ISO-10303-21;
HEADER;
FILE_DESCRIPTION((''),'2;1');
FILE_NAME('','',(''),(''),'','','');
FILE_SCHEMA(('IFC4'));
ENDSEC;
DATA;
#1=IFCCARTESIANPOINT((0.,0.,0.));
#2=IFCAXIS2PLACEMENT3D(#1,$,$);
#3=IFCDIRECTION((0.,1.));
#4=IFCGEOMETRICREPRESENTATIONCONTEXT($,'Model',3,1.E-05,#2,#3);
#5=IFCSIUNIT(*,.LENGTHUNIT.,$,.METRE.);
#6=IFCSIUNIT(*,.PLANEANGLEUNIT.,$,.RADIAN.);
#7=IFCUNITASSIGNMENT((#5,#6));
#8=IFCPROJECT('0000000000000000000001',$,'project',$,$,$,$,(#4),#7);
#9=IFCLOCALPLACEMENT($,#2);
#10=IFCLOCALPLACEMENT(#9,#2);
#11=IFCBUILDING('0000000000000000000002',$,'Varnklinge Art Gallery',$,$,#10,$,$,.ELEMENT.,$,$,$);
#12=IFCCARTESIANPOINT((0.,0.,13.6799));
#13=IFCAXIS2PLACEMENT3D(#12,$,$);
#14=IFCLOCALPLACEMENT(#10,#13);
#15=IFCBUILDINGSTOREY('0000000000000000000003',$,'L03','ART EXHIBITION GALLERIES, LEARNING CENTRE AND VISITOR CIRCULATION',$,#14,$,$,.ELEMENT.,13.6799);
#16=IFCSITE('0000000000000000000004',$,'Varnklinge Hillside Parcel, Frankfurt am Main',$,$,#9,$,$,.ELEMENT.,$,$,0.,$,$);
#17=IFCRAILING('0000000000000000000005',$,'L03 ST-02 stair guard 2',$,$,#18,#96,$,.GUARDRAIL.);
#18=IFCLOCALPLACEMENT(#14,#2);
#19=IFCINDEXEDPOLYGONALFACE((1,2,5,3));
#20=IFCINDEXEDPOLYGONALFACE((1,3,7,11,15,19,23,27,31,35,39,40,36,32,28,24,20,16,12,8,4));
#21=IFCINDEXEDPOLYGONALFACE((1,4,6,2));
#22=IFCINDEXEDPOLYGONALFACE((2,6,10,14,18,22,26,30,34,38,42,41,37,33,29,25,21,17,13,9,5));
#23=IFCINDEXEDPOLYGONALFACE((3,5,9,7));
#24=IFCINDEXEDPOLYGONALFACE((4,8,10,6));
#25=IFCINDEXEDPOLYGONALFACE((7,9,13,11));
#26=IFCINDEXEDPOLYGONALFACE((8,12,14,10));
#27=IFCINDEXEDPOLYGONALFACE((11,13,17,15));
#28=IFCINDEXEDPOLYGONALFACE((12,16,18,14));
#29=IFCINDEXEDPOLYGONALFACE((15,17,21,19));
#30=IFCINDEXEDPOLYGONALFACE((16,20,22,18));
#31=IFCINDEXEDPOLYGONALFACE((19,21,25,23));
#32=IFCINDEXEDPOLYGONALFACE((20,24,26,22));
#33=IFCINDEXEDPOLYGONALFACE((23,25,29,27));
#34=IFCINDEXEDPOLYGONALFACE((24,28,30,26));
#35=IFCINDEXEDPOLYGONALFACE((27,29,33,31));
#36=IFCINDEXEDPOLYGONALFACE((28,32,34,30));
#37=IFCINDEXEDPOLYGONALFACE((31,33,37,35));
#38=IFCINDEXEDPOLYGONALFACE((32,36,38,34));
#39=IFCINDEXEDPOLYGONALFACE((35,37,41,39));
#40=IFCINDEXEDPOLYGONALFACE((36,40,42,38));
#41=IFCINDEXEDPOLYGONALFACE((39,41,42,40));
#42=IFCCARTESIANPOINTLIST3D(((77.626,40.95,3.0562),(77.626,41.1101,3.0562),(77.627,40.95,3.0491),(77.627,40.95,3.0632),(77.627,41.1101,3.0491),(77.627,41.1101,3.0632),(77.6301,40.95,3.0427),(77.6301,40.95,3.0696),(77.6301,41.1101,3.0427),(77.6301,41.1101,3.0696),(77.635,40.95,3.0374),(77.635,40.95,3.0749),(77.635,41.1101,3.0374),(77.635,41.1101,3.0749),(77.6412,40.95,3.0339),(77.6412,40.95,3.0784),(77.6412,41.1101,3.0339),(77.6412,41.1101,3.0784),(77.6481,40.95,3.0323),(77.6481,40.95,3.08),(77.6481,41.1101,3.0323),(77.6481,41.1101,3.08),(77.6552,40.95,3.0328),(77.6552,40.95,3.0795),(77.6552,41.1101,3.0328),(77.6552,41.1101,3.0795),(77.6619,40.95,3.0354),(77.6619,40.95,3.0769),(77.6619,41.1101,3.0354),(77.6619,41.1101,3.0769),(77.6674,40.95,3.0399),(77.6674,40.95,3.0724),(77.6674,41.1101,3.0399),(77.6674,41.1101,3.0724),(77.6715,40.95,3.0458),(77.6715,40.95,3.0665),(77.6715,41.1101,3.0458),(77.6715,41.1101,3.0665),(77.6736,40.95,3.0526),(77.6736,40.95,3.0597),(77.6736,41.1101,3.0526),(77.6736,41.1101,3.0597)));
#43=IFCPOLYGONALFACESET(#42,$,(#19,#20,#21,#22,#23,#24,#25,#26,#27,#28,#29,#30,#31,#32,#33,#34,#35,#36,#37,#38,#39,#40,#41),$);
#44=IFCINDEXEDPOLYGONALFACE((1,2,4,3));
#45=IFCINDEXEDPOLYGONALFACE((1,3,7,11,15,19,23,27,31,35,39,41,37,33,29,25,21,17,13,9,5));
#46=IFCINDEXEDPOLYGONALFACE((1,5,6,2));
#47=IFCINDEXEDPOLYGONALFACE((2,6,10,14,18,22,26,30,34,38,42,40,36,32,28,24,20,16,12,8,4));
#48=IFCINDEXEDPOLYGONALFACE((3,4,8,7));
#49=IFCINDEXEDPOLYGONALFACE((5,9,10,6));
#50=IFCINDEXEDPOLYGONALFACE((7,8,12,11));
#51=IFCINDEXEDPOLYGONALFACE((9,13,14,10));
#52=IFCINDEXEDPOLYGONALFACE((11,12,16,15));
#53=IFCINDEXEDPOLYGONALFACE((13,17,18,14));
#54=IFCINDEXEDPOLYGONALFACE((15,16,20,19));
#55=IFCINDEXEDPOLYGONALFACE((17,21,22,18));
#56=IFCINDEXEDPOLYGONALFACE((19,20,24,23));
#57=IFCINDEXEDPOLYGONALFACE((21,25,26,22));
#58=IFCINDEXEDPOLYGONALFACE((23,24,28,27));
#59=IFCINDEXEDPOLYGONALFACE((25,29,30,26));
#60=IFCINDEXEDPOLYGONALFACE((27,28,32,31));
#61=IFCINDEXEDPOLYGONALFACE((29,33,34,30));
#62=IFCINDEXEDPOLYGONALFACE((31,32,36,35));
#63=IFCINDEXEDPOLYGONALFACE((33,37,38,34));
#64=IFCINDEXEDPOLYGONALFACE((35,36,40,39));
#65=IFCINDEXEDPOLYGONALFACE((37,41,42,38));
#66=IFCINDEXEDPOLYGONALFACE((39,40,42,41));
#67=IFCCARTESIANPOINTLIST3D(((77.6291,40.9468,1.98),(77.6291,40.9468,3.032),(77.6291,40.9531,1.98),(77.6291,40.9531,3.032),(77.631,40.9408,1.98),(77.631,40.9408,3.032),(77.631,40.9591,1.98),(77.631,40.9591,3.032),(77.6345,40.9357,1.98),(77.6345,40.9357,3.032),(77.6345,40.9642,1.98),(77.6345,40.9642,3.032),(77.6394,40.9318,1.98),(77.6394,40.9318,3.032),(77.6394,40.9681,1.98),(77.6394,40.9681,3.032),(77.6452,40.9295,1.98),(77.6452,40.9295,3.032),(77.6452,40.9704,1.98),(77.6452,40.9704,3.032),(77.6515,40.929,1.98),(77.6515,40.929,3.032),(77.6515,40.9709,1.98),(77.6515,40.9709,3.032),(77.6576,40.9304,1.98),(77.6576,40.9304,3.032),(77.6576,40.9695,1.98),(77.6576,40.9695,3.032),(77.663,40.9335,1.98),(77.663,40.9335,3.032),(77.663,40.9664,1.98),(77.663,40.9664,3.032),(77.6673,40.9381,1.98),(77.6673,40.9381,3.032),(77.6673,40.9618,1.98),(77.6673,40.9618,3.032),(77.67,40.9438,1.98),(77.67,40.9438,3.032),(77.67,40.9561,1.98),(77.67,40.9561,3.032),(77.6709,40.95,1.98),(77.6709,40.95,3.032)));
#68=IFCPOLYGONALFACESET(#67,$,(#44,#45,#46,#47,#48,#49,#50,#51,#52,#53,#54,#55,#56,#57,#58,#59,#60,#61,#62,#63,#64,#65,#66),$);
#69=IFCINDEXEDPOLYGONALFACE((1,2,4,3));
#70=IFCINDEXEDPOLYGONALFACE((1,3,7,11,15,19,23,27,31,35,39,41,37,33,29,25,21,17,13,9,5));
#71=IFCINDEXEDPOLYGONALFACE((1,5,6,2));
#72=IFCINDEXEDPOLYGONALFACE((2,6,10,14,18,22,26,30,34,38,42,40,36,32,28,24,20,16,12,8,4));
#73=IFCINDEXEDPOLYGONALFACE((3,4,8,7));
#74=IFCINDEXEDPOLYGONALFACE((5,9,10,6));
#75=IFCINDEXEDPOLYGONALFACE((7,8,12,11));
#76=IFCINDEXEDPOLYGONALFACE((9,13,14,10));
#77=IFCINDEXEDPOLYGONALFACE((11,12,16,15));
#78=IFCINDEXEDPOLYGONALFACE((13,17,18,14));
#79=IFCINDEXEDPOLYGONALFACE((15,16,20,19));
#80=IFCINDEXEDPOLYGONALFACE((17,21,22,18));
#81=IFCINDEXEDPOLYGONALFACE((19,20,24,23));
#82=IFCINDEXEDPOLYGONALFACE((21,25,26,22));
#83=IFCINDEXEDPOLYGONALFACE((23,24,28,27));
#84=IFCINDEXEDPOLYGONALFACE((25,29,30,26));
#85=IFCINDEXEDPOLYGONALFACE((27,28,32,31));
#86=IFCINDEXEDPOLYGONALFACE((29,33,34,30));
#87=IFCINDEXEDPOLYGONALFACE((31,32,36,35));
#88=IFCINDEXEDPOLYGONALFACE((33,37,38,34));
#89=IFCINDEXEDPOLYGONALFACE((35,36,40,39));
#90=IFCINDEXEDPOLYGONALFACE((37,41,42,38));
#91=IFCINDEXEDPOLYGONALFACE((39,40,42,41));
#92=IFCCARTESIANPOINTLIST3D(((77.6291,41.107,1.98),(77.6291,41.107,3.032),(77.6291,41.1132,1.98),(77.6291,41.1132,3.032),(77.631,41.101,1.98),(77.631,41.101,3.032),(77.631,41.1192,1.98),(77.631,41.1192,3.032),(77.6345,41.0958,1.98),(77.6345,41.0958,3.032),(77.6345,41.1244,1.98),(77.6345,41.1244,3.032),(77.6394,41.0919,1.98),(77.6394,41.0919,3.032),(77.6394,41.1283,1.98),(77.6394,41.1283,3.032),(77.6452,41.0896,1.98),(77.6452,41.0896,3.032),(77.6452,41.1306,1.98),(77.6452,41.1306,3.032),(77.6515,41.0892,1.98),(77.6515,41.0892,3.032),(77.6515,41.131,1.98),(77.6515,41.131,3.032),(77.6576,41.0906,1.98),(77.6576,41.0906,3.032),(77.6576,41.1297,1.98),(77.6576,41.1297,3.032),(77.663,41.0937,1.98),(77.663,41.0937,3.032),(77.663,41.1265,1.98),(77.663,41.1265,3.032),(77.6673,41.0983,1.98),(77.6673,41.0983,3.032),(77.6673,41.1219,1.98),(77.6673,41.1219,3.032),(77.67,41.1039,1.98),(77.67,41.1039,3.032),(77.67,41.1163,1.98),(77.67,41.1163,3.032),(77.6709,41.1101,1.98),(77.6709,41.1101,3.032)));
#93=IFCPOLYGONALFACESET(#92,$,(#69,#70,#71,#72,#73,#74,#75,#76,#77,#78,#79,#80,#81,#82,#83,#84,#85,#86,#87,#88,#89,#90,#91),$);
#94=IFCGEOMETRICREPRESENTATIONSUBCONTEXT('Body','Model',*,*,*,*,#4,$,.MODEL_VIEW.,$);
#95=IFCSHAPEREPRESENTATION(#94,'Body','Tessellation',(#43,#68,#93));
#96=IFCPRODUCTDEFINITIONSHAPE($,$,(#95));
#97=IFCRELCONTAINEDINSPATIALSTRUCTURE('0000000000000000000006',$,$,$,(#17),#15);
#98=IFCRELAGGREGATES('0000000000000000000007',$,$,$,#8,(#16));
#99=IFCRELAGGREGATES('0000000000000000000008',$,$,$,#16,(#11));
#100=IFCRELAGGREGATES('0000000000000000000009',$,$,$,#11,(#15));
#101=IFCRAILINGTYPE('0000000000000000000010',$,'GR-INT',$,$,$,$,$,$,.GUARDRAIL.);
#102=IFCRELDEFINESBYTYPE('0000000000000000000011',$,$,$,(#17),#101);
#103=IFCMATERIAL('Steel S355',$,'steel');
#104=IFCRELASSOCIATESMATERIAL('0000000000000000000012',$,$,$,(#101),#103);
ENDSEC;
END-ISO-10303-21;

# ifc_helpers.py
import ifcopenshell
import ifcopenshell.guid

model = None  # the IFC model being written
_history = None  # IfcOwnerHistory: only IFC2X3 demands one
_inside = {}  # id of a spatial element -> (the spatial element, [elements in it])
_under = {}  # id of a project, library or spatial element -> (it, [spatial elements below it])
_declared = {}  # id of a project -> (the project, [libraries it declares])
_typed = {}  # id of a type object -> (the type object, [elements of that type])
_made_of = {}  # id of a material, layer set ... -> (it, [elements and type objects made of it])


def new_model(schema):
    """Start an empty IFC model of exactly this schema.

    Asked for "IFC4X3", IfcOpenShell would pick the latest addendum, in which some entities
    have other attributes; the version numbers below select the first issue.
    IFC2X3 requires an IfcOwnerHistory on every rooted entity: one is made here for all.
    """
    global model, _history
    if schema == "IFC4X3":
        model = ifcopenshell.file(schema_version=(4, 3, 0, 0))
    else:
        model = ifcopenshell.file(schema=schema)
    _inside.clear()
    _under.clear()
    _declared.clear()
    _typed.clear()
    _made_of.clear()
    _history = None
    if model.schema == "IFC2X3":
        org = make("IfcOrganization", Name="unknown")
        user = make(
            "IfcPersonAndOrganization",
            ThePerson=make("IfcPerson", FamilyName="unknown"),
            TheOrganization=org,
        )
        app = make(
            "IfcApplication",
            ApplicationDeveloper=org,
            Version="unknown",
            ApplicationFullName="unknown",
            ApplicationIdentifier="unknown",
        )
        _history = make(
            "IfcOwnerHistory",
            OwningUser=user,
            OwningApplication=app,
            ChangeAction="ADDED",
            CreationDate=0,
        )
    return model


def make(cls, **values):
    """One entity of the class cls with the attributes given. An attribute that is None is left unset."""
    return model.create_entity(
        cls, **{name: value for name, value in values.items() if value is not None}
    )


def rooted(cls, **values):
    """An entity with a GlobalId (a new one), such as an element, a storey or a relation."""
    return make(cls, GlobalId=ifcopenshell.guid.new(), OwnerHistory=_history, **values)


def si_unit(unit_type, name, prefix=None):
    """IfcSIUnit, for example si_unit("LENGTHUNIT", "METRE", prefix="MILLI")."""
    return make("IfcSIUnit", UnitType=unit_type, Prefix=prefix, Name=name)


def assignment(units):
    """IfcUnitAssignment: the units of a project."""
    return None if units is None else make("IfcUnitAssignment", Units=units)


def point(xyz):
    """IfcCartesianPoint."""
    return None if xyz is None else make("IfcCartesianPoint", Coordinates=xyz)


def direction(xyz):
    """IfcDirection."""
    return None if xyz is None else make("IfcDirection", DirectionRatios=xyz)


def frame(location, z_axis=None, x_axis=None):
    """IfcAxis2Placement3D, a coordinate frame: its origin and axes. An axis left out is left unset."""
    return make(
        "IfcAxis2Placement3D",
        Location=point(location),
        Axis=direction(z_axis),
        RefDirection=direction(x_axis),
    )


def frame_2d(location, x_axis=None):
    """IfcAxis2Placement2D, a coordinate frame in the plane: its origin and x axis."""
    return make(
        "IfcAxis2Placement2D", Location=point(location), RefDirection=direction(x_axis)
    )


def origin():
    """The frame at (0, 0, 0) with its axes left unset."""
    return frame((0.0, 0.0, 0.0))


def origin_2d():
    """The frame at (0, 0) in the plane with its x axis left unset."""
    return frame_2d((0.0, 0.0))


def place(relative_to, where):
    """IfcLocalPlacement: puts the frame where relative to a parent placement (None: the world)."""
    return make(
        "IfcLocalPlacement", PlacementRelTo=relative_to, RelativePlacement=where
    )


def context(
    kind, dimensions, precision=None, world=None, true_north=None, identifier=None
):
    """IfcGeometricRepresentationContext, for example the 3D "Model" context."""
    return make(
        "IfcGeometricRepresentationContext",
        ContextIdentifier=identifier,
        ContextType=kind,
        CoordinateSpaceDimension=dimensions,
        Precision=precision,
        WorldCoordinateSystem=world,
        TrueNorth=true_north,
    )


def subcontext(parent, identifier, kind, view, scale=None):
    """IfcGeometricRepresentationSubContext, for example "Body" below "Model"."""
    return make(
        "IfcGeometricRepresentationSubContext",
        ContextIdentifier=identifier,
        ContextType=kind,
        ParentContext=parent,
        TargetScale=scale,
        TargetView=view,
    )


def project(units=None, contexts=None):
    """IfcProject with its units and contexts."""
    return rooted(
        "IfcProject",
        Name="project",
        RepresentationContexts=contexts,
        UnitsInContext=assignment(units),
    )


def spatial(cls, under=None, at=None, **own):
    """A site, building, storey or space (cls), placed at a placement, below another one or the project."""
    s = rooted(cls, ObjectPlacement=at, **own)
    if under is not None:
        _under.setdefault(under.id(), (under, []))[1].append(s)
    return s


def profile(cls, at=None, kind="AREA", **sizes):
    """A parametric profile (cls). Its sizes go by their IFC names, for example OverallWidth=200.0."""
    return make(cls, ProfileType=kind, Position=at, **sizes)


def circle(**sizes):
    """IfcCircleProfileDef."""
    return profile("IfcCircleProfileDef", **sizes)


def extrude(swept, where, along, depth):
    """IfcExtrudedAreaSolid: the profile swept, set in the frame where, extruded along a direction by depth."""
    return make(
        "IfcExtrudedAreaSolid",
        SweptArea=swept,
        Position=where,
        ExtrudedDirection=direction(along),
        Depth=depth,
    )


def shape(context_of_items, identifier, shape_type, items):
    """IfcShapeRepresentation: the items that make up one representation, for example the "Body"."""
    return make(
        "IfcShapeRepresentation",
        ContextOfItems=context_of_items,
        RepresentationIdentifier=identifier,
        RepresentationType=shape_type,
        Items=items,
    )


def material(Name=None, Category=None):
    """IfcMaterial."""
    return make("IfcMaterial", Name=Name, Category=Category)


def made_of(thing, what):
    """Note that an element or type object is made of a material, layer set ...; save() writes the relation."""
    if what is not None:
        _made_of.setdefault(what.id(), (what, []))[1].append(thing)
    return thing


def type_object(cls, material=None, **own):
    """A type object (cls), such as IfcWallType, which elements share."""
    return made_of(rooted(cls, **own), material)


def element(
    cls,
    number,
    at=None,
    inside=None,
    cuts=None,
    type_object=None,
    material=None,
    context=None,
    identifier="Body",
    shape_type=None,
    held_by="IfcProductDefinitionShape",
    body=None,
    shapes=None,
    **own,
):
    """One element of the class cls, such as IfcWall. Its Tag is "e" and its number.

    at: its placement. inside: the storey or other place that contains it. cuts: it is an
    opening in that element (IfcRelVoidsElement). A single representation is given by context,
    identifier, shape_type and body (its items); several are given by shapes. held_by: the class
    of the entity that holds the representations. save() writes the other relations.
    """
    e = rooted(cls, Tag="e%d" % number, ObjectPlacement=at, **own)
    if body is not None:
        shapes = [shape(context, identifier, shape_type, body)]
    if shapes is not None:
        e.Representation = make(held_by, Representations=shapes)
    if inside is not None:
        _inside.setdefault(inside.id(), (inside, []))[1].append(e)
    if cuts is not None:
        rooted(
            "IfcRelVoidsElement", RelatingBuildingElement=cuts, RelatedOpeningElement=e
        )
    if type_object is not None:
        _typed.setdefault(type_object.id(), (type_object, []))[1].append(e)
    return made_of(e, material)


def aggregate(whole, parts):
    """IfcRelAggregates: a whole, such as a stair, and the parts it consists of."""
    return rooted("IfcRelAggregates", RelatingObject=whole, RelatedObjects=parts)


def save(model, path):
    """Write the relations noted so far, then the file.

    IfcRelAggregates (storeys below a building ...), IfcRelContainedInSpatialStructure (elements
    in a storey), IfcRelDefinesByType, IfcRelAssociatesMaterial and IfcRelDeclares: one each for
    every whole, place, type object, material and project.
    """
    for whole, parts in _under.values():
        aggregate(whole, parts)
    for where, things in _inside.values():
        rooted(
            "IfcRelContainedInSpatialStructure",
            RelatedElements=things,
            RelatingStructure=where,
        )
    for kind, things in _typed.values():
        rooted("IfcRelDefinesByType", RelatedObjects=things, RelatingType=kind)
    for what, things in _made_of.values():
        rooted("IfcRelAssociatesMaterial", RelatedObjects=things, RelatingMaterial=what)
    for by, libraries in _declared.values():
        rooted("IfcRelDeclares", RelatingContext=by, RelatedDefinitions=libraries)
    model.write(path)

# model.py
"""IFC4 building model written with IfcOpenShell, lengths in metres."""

from ifc_helpers import new_model, si_unit, direction, frame, origin, origin_2d, place, context, subcontext, project, spatial, circle, extrude, material, type_object, element, save


model = new_model("IFC4")

# Units and contexts
model_context = context("Model", 3, precision=1e-05, world=origin(), true_north=direction((0.0, 1.0)))
body_context = subcontext(model_context, "Body", "Model", "MODEL_VIEW")
ifc_project = project(units=[si_unit("LENGTHUNIT", "METRE"), si_unit("PLANEANGLEUNIT", "RADIAN")], contexts=[model_context])

# Site, building, storey
site_placement = place(None, origin())
site = spatial("IfcSite", under=ifc_project, at=site_placement, Name="Varnklinge Hillside Parcel, Frankfurt am Main", CompositionType="ELEMENT", RefElevation=0.0)
building_placement = place(site_placement, origin())
building = spatial("IfcBuilding", under=site, at=building_placement, Name="Varnklinge Art Gallery", CompositionType="ELEMENT")
storey_placement = place(building_placement, frame((0.0, 0.0, 13.6799)))
storey = spatial("IfcBuildingStorey", under=building, at=storey_placement, Name="L03", Description="ART EXHIBITION GALLERIES, LEARNING CENTRE AND VISITOR CIRCULATION", CompositionType="ELEMENT", Elevation=13.6799)

# Railing
ifc_material_1 = material(Name="Steel S355", Category="steel")
railing_type_1 = type_object("IfcRailingType", Name="GR-INT", PredefinedType="GUARDRAIL", material=ifc_material_1)
railing_1_placement = place(storey_placement, frame((77.6499, 40.95, 1.98)))
element("IfcRailing", 1, at=railing_1_placement, inside=storey, type_object=railing_type_1, Name="L03 ST-02 stair guard 2", PredefinedType="GUARDRAIL", context=body_context, shape_type="SweptSolid", body=[
    extrude(circle(Radius=0.0239, at=origin_2d()), frame((0.0, 0.0, 1.0762), z_axis=(0.0, 1.0, 0.0), x_axis=(-1.0, 0.0, 0.0)), (0.0, 0.0, 1.0), 0.1602),
    extrude(circle(Radius=0.021, at=origin_2d()), origin(), (0.0, 0.0, 1.0), 1.052),
    extrude(circle(Radius=0.021, at=origin_2d()), frame((0.0, 0.1602, 0.0)), (0.0, 0.0, 1.0), 1.052),
])

save(model, "model.ifc")
